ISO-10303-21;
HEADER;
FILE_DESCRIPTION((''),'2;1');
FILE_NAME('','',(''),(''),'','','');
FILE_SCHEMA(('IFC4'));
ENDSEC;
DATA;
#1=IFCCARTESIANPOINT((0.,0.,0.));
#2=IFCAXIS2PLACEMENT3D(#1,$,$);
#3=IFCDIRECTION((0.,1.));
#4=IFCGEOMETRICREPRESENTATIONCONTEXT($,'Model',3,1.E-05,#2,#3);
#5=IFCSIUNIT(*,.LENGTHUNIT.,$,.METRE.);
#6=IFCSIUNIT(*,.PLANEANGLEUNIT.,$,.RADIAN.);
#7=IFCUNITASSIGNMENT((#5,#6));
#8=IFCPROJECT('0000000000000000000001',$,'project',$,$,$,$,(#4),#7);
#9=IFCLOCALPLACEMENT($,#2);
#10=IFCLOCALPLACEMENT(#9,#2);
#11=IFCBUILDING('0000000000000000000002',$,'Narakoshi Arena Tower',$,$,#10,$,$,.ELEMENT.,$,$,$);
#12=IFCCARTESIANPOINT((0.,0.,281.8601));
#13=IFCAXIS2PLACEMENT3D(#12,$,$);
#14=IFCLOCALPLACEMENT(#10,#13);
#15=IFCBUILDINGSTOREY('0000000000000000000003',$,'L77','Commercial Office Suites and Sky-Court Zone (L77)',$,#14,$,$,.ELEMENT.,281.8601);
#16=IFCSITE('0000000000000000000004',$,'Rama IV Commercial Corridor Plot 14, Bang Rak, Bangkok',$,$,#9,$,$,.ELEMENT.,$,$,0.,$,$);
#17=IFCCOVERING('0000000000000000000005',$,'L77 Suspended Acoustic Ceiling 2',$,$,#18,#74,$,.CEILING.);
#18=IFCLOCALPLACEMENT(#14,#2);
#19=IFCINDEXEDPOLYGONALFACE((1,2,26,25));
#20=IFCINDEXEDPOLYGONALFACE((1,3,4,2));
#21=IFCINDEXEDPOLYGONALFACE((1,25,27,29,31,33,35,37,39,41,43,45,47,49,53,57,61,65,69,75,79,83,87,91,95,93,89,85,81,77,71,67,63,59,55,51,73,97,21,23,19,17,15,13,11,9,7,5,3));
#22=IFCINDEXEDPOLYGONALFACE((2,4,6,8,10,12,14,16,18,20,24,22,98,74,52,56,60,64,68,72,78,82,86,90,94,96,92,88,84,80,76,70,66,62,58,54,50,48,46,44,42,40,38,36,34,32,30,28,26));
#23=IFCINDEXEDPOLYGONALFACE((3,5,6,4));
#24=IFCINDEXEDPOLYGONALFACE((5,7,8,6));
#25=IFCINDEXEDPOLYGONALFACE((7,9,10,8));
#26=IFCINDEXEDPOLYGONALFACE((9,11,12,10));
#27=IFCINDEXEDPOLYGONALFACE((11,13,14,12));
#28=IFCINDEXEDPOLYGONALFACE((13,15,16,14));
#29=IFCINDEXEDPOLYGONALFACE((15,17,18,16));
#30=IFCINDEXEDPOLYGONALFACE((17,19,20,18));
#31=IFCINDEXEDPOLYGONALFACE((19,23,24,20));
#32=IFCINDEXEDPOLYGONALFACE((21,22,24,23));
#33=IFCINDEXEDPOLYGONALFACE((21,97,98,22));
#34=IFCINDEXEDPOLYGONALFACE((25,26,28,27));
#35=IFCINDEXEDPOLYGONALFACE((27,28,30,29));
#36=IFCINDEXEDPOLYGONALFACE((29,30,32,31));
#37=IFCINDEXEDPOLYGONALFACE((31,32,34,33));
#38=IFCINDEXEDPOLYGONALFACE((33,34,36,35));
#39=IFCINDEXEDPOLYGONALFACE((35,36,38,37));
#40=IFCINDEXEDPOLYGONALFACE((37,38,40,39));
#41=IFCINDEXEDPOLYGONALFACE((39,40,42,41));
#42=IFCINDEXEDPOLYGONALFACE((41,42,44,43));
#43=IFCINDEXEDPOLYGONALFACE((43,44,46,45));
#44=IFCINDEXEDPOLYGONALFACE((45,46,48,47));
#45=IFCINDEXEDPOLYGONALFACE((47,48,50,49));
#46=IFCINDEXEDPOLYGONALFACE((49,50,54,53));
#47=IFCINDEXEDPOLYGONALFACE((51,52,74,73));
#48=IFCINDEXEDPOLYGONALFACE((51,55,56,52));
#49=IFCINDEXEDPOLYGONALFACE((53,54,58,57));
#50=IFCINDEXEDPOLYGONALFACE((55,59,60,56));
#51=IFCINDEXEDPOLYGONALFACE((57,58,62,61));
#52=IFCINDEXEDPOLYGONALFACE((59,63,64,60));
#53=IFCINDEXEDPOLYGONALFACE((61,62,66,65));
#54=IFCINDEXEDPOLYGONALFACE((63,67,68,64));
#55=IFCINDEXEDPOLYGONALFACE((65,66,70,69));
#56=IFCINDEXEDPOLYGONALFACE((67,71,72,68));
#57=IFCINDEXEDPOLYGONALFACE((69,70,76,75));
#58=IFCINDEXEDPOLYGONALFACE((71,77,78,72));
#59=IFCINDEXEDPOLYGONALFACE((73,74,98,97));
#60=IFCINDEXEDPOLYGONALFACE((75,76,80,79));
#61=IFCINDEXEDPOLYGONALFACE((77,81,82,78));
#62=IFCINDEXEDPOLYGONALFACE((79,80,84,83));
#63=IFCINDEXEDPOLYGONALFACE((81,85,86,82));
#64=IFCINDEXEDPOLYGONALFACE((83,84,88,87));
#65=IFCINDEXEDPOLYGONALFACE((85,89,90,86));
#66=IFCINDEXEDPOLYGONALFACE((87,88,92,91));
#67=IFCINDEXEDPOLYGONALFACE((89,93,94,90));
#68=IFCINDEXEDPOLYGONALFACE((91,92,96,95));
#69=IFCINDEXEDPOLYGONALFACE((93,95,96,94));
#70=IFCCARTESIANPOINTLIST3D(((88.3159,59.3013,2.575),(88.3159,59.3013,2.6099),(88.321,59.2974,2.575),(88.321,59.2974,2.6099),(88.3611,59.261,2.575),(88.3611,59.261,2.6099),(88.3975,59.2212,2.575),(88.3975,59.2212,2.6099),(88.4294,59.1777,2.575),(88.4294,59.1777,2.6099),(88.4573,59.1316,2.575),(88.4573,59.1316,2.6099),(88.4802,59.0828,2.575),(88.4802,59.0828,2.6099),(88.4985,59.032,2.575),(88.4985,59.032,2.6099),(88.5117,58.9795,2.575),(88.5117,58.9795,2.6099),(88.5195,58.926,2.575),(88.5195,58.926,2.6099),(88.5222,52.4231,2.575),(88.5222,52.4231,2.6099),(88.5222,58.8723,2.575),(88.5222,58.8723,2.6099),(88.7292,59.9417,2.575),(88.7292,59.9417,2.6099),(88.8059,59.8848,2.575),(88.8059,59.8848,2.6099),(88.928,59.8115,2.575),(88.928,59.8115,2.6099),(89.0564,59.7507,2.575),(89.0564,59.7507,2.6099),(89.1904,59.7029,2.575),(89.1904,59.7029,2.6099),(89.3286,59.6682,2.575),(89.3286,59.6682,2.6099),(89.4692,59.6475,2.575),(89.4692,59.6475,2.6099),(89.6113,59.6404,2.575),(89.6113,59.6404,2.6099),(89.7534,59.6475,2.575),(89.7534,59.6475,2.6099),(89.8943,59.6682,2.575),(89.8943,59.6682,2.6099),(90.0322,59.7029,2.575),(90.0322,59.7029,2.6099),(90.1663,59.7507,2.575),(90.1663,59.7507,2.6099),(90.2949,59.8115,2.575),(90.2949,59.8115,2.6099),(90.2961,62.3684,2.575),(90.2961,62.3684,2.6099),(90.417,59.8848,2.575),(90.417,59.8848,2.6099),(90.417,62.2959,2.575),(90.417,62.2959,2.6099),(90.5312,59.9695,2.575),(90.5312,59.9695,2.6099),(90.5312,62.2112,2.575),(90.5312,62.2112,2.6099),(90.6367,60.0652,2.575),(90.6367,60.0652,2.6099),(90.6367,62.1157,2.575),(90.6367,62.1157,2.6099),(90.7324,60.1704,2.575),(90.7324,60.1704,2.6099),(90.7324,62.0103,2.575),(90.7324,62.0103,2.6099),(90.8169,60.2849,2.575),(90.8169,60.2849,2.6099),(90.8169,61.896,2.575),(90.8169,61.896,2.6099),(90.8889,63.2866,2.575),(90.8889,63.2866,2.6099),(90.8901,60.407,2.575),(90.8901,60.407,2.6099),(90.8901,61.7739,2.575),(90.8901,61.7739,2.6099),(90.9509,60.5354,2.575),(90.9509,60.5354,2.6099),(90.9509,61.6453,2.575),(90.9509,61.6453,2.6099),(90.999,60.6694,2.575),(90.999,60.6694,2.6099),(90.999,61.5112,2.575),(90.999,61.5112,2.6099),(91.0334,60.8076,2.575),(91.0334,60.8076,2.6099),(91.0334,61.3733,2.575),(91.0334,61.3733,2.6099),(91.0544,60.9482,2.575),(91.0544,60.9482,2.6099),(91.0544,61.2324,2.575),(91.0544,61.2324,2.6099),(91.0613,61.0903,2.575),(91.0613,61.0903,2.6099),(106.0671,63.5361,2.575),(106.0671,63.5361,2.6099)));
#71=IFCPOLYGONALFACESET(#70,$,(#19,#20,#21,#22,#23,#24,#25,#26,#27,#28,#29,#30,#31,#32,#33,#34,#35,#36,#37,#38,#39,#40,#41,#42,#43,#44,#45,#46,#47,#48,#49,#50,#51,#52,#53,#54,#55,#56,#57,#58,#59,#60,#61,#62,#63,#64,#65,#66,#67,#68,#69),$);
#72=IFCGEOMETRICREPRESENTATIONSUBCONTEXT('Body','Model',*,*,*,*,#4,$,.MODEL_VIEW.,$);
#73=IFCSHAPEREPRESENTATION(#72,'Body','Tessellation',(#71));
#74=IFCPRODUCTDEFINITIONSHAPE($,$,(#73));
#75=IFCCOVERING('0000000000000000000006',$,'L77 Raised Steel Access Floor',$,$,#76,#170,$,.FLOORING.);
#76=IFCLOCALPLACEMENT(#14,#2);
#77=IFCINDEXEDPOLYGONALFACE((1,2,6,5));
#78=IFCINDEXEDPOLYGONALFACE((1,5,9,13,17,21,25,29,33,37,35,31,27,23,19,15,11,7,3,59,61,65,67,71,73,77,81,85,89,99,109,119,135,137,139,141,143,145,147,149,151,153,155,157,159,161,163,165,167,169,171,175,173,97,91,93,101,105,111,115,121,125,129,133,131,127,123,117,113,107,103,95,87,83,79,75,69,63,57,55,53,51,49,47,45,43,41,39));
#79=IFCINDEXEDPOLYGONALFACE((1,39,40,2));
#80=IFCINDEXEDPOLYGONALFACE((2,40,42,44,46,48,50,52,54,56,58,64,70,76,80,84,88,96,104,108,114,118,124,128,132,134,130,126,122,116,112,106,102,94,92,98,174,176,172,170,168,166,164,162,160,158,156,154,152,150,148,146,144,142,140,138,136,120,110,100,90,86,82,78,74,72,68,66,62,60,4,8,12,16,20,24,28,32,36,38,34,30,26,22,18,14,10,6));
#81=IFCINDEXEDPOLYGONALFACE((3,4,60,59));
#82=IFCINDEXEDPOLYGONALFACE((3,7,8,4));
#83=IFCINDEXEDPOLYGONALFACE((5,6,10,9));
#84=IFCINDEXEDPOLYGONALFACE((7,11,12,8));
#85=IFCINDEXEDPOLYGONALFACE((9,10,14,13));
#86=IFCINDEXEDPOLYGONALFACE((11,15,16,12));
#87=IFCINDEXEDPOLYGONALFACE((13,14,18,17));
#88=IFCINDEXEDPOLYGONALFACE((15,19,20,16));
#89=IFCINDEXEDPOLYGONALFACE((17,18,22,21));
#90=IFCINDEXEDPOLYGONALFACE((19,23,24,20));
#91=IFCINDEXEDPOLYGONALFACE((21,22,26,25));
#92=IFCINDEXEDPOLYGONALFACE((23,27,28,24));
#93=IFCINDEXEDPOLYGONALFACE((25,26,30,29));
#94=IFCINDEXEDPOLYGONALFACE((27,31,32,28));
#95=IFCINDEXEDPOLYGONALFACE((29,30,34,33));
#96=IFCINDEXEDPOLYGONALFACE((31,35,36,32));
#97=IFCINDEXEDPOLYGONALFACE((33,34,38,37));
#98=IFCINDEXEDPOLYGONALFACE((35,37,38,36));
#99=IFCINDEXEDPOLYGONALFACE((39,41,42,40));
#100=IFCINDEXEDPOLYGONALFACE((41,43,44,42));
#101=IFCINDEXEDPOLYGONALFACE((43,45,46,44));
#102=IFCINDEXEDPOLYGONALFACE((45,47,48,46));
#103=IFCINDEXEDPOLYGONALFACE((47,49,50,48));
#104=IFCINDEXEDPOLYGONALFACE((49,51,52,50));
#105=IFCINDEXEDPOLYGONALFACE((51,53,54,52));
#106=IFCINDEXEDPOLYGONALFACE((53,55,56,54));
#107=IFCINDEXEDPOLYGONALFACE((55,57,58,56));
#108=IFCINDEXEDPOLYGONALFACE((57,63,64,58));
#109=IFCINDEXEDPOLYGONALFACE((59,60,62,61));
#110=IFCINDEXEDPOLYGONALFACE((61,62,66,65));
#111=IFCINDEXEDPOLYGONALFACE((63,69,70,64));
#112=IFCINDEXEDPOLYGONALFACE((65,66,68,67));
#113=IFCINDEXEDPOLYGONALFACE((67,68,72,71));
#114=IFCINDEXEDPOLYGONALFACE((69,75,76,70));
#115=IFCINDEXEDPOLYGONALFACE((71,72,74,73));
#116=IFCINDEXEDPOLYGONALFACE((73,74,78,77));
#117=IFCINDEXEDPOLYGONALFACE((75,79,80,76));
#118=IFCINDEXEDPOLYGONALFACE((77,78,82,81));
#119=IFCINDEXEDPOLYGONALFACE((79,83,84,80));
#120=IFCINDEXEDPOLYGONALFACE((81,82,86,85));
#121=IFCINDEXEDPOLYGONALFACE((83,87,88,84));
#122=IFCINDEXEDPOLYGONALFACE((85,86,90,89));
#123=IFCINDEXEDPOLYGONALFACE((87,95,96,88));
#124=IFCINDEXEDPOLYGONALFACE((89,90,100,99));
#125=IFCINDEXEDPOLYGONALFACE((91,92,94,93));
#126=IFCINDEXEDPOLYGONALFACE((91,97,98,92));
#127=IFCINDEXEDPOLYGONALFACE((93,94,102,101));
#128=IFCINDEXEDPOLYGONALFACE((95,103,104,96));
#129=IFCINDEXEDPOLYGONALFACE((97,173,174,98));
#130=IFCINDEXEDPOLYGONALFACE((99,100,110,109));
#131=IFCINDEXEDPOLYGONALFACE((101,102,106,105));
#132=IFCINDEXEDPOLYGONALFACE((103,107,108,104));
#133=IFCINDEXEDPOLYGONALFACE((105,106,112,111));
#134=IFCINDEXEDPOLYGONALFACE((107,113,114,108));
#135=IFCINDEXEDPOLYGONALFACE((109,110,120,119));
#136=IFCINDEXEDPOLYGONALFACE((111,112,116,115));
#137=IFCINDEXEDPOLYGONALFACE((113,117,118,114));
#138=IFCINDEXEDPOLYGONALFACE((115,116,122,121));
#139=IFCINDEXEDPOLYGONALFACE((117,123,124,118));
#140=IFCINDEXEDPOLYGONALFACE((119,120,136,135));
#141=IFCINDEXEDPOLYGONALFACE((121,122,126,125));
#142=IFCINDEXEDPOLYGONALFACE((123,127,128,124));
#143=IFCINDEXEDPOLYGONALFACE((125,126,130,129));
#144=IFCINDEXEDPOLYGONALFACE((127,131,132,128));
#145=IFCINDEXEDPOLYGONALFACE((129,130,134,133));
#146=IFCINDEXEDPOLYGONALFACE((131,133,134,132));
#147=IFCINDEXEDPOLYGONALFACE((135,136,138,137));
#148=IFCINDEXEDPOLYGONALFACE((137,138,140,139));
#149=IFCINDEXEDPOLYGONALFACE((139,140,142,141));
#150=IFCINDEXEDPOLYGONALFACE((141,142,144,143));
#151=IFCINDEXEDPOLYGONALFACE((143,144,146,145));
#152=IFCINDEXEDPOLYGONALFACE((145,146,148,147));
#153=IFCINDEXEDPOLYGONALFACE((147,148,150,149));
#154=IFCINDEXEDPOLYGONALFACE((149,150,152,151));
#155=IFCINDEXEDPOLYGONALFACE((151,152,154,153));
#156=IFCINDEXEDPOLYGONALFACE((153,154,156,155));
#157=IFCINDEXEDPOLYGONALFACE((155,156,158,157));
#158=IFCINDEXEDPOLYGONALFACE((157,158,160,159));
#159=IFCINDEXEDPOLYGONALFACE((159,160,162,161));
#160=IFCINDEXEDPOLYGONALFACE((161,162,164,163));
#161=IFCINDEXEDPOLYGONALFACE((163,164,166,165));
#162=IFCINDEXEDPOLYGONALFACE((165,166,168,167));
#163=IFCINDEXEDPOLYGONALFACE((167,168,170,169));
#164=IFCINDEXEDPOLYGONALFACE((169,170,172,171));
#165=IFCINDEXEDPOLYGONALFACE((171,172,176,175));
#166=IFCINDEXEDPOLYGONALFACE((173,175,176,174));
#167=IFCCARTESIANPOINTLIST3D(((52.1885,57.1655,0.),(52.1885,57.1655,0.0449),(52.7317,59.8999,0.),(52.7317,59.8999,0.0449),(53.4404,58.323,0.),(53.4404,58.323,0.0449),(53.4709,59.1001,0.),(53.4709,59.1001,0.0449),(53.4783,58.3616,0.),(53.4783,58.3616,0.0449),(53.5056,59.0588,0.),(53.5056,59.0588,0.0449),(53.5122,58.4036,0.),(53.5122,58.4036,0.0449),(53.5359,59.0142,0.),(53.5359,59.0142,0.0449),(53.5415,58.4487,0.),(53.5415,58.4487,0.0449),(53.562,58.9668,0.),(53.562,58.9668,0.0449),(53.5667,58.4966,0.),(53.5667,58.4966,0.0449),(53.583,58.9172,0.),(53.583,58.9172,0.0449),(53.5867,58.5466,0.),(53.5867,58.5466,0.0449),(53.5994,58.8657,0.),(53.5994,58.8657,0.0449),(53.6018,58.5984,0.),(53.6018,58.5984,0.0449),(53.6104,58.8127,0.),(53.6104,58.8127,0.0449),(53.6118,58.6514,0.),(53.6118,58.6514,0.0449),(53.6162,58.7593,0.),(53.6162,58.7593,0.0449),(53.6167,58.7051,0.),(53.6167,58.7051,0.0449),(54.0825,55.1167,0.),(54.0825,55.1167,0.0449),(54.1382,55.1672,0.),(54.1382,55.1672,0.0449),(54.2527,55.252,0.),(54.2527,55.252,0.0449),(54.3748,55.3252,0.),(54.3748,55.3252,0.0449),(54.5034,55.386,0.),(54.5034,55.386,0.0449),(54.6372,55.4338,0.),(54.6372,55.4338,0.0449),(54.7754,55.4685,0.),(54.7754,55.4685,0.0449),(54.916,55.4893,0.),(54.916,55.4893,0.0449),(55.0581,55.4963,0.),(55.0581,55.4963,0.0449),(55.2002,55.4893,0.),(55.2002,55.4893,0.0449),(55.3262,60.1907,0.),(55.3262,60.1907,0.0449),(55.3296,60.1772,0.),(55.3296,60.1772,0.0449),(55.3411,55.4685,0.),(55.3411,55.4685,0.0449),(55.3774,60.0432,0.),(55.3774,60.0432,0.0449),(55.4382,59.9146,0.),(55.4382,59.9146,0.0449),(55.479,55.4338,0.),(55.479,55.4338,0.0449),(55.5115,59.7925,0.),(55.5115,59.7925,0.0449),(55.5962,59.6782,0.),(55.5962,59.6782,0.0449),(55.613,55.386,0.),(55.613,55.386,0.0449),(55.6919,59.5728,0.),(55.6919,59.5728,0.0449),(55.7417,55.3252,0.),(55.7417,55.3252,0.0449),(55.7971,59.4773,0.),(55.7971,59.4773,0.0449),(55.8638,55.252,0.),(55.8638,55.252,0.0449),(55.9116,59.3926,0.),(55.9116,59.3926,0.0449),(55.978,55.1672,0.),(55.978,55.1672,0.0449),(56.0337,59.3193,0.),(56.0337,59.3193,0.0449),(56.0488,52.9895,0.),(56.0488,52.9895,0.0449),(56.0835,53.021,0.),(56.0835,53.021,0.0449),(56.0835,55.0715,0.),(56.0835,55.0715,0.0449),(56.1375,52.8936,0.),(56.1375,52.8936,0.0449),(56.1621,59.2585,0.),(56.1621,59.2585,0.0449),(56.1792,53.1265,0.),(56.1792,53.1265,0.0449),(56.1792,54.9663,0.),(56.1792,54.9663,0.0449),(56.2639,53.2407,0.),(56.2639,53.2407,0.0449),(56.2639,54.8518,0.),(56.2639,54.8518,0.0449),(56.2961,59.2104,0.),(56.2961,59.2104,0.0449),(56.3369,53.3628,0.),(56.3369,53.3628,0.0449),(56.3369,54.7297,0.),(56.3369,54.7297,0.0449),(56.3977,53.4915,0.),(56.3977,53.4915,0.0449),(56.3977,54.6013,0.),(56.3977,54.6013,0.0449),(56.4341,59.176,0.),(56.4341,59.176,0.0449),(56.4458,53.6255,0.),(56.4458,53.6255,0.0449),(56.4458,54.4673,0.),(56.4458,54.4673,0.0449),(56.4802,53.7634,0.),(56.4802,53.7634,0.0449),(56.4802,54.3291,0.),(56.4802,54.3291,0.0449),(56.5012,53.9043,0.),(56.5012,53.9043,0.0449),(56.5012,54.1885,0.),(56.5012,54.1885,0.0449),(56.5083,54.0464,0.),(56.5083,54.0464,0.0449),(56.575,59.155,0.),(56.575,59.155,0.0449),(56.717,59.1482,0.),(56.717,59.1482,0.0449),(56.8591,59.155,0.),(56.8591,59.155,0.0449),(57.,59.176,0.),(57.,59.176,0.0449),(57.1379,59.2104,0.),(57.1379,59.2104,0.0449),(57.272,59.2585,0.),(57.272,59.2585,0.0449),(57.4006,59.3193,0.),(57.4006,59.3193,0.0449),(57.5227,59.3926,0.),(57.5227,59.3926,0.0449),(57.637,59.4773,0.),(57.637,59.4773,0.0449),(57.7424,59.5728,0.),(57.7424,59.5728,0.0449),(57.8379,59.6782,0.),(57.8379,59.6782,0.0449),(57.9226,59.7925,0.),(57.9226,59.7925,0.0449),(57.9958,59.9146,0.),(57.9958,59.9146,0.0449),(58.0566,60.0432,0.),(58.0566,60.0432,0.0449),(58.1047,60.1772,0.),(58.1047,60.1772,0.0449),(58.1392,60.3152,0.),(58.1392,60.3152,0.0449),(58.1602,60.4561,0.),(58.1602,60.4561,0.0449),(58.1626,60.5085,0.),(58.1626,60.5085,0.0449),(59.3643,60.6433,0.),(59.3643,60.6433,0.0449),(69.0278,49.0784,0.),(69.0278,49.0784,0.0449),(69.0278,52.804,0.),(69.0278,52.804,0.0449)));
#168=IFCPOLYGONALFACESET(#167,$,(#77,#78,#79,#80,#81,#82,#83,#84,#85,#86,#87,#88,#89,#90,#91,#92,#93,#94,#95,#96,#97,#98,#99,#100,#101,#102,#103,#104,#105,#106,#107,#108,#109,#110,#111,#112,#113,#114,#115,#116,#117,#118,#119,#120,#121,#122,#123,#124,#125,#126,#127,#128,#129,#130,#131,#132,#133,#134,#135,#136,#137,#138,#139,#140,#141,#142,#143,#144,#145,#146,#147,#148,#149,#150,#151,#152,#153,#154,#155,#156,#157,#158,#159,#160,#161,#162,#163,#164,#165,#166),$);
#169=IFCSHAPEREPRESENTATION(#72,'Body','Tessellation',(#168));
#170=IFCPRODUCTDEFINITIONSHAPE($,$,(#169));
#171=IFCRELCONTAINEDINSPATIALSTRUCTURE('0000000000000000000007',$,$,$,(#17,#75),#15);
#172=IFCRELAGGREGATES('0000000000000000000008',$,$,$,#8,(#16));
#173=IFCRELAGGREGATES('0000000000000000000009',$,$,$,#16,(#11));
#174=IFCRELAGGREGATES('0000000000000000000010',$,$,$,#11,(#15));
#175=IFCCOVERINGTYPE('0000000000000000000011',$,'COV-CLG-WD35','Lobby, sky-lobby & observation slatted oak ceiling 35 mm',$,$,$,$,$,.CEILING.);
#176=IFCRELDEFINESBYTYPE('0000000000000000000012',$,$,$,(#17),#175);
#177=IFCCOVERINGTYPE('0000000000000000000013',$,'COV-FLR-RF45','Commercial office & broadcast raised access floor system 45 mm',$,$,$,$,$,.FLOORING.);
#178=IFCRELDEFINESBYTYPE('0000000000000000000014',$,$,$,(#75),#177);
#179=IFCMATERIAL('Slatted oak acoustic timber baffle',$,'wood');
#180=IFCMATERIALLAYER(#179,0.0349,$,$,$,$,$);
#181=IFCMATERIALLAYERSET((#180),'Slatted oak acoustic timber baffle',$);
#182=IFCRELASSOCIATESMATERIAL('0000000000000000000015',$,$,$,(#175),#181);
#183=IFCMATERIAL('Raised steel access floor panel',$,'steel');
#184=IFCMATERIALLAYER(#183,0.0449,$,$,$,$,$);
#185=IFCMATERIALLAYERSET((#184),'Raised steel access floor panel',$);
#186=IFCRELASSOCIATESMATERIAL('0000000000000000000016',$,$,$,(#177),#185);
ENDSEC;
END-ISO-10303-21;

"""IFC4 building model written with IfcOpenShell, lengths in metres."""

from ifc_helpers import new_model, si_unit, direction, frame, origin, place, context, subcontext, project, spatial, polyline, outline, extrude, material, layer, layer_set, type_object, element, save


model = new_model("IFC4")

# Units and contexts
model_context = context("Model", 3, precision=1e-05, world=origin(), true_north=direction((0.0, 1.0)))
body_context = subcontext(model_context, "Body", "Model", "MODEL_VIEW")
ifc_project = project(units=[si_unit("LENGTHUNIT", "METRE"), si_unit("PLANEANGLEUNIT", "RADIAN")], contexts=[model_context])

# Site, building, storey
site_placement = place(None, origin())
site = spatial("IfcSite", under=ifc_project, at=site_placement, Name="Rama IV Commercial Corridor Plot 14, Bang Rak, Bangkok", CompositionType="ELEMENT", RefElevation=0.0)
building_placement = place(site_placement, origin())
building = spatial("IfcBuilding", under=site, at=building_placement, Name="Narakoshi Arena Tower", CompositionType="ELEMENT")
storey_placement = place(building_placement, frame((0.0, 0.0, 281.8601)))
storey = spatial("IfcBuildingStorey", under=building, at=storey_placement, Name="L77", Description="Commercial Office Suites and Sky-Court Zone (L77)", CompositionType="ELEMENT", Elevation=281.8601)

# Coverings
ifc_material_1 = material(Name="Slatted oak acoustic timber baffle", Category="wood")
ifc_layer_1 = layer(ifc_material_1, 0.0349)
ifc_layer_set_1 = layer_set([ifc_layer_1], Name="Slatted oak acoustic timber baffle")
covering_type_1 = type_object("IfcCoveringType", Name="COV-CLG-WD35", Description="Lobby, sky-lobby & observation slatted oak ceiling 35 mm", PredefinedType="CEILING", material=ifc_layer_set_1)
covering_1_placement = place(storey_placement, frame((0.0, 0.0, 2.575)))
element("IfcCovering", 1, at=covering_1_placement, inside=storey, type_object=covering_type_1, Name="L77 Suspended Acoustic Ceiling 2", PredefinedType="CEILING", context=body_context, shape_type="SweptSolid", body=[
    extrude(outline(polyline([(88.7292, 59.9417), (88.8059, 59.8848), (88.928, 59.8115), (89.0564, 59.7507), (89.1904, 59.7029), (89.3286, 59.6682), (89.4692, 59.6475), (89.6113, 59.6404), (89.7534, 59.6475), (89.8943, 59.6682), (90.0322, 59.7029), (90.1663, 59.7507), (90.2949, 59.8115), (90.417, 59.8848), (90.5312, 59.9695), (90.6367, 60.0652), (90.7324, 60.1704), (90.8169, 60.2849), (90.8901, 60.407), (90.9509, 60.5354), (90.999, 60.6694), (91.0334, 60.8076), (91.0544, 60.9482), (91.0613, 61.0903), (91.0544, 61.2324), (91.0334, 61.3733), (90.999, 61.5112), (90.9509, 61.6453), (90.8901, 61.7739), (90.8169, 61.896), (90.7324, 62.0103), (90.6367, 62.1157), (90.5312, 62.2112), (90.417, 62.2959), (90.2961, 62.3684), (90.8889, 63.2866), (106.0671, 63.5361), (88.5222, 52.4231), (88.5222, 58.8723), (88.5195, 58.926), (88.5117, 58.9795), (88.4985, 59.032), (88.4802, 59.0828), (88.4573, 59.1316), (88.4294, 59.1777), (88.3975, 59.2212), (88.3611, 59.261), (88.321, 59.2974), (88.3159, 59.3013), (88.7292, 59.9417)])), origin(), (0.0, 0.0, 1.0), 0.0349),
])
ifc_material_2 = material(Name="Raised steel access floor panel", Category="steel")
ifc_layer_2 = layer(ifc_material_2, 0.0449)
ifc_layer_set_2 = layer_set([ifc_layer_2], Name="Raised steel access floor panel")
covering_type_2 = type_object("IfcCoveringType", Name="COV-FLR-RF45", Description="Commercial office & broadcast raised access floor system 45 mm", PredefinedType="FLOORING", material=ifc_layer_set_2)
covering_2_placement = place(storey_placement, origin())
element("IfcCovering", 2, at=covering_2_placement, inside=storey, type_object=covering_type_2, Name="L77 Raised Steel Access Floor", PredefinedType="FLOORING", context=body_context, shape_type="SweptSolid", body=[
    extrude(outline(polyline([(69.0278, 52.804), (69.0278, 49.0784), (56.1375, 52.8936), (56.0488, 52.9895), (56.0835, 53.021), (56.1792, 53.1265), (56.2639, 53.2407), (56.3369, 53.3628), (56.3977, 53.4915), (56.4458, 53.6255), (56.4802, 53.7634), (56.5012, 53.9043), (56.5083, 54.0464), (56.5012, 54.1885), (56.4802, 54.3291), (56.4458, 54.4673), (56.3977, 54.6013), (56.3369, 54.7297), (56.2639, 54.8518), (56.1792, 54.9663), (56.0835, 55.0715), (55.978, 55.1672), (55.8638, 55.252), (55.7417, 55.3252), (55.613, 55.386), (55.479, 55.4338), (55.3411, 55.4685), (55.2002, 55.4893), (55.0581, 55.4963), (54.916, 55.4893), (54.7754, 55.4685), (54.6372, 55.4338), (54.5034, 55.386), (54.3748, 55.3252), (54.2527, 55.252), (54.1382, 55.1672), (54.0825, 55.1167), (52.1885, 57.1655), (53.4404, 58.323), (53.4783, 58.3616), (53.5122, 58.4036), (53.5415, 58.4487), (53.5667, 58.4966), (53.5867, 58.5466), (53.6018, 58.5984), (53.6118, 58.6514), (53.6167, 58.7051), (53.6162, 58.7593), (53.6104, 58.8127), (53.5994, 58.8657), (53.583, 58.9172), (53.562, 58.9668), (53.5359, 59.0142), (53.5056, 59.0588), (53.4709, 59.1001), (52.7317, 59.8999), (55.3262, 60.1907), (55.3296, 60.1772), (55.3774, 60.0432), (55.4382, 59.9146), (55.5115, 59.7925), (55.5962, 59.6782), (55.6919, 59.5728), (55.7971, 59.4773), (55.9116, 59.3926), (56.0337, 59.3193), (56.1621, 59.2585), (56.2961, 59.2104), (56.4341, 59.176), (56.575, 59.155), (56.717, 59.1482), (56.8591, 59.155), (57.0, 59.176), (57.1379, 59.2104), (57.272, 59.2585), (57.4006, 59.3193), (57.5227, 59.3926), (57.637, 59.4773), (57.7424, 59.5728), (57.8379, 59.6782), (57.9226, 59.7925), (57.9958, 59.9146), (58.0566, 60.0432), (58.1047, 60.1772), (58.1392, 60.3152), (58.1602, 60.4561), (58.1626, 60.5085), (59.3643, 60.6433), (69.0278, 52.804)])), origin(), (0.0, 0.0, 1.0), 0.0449),
])

save(model, "model.ifc")
